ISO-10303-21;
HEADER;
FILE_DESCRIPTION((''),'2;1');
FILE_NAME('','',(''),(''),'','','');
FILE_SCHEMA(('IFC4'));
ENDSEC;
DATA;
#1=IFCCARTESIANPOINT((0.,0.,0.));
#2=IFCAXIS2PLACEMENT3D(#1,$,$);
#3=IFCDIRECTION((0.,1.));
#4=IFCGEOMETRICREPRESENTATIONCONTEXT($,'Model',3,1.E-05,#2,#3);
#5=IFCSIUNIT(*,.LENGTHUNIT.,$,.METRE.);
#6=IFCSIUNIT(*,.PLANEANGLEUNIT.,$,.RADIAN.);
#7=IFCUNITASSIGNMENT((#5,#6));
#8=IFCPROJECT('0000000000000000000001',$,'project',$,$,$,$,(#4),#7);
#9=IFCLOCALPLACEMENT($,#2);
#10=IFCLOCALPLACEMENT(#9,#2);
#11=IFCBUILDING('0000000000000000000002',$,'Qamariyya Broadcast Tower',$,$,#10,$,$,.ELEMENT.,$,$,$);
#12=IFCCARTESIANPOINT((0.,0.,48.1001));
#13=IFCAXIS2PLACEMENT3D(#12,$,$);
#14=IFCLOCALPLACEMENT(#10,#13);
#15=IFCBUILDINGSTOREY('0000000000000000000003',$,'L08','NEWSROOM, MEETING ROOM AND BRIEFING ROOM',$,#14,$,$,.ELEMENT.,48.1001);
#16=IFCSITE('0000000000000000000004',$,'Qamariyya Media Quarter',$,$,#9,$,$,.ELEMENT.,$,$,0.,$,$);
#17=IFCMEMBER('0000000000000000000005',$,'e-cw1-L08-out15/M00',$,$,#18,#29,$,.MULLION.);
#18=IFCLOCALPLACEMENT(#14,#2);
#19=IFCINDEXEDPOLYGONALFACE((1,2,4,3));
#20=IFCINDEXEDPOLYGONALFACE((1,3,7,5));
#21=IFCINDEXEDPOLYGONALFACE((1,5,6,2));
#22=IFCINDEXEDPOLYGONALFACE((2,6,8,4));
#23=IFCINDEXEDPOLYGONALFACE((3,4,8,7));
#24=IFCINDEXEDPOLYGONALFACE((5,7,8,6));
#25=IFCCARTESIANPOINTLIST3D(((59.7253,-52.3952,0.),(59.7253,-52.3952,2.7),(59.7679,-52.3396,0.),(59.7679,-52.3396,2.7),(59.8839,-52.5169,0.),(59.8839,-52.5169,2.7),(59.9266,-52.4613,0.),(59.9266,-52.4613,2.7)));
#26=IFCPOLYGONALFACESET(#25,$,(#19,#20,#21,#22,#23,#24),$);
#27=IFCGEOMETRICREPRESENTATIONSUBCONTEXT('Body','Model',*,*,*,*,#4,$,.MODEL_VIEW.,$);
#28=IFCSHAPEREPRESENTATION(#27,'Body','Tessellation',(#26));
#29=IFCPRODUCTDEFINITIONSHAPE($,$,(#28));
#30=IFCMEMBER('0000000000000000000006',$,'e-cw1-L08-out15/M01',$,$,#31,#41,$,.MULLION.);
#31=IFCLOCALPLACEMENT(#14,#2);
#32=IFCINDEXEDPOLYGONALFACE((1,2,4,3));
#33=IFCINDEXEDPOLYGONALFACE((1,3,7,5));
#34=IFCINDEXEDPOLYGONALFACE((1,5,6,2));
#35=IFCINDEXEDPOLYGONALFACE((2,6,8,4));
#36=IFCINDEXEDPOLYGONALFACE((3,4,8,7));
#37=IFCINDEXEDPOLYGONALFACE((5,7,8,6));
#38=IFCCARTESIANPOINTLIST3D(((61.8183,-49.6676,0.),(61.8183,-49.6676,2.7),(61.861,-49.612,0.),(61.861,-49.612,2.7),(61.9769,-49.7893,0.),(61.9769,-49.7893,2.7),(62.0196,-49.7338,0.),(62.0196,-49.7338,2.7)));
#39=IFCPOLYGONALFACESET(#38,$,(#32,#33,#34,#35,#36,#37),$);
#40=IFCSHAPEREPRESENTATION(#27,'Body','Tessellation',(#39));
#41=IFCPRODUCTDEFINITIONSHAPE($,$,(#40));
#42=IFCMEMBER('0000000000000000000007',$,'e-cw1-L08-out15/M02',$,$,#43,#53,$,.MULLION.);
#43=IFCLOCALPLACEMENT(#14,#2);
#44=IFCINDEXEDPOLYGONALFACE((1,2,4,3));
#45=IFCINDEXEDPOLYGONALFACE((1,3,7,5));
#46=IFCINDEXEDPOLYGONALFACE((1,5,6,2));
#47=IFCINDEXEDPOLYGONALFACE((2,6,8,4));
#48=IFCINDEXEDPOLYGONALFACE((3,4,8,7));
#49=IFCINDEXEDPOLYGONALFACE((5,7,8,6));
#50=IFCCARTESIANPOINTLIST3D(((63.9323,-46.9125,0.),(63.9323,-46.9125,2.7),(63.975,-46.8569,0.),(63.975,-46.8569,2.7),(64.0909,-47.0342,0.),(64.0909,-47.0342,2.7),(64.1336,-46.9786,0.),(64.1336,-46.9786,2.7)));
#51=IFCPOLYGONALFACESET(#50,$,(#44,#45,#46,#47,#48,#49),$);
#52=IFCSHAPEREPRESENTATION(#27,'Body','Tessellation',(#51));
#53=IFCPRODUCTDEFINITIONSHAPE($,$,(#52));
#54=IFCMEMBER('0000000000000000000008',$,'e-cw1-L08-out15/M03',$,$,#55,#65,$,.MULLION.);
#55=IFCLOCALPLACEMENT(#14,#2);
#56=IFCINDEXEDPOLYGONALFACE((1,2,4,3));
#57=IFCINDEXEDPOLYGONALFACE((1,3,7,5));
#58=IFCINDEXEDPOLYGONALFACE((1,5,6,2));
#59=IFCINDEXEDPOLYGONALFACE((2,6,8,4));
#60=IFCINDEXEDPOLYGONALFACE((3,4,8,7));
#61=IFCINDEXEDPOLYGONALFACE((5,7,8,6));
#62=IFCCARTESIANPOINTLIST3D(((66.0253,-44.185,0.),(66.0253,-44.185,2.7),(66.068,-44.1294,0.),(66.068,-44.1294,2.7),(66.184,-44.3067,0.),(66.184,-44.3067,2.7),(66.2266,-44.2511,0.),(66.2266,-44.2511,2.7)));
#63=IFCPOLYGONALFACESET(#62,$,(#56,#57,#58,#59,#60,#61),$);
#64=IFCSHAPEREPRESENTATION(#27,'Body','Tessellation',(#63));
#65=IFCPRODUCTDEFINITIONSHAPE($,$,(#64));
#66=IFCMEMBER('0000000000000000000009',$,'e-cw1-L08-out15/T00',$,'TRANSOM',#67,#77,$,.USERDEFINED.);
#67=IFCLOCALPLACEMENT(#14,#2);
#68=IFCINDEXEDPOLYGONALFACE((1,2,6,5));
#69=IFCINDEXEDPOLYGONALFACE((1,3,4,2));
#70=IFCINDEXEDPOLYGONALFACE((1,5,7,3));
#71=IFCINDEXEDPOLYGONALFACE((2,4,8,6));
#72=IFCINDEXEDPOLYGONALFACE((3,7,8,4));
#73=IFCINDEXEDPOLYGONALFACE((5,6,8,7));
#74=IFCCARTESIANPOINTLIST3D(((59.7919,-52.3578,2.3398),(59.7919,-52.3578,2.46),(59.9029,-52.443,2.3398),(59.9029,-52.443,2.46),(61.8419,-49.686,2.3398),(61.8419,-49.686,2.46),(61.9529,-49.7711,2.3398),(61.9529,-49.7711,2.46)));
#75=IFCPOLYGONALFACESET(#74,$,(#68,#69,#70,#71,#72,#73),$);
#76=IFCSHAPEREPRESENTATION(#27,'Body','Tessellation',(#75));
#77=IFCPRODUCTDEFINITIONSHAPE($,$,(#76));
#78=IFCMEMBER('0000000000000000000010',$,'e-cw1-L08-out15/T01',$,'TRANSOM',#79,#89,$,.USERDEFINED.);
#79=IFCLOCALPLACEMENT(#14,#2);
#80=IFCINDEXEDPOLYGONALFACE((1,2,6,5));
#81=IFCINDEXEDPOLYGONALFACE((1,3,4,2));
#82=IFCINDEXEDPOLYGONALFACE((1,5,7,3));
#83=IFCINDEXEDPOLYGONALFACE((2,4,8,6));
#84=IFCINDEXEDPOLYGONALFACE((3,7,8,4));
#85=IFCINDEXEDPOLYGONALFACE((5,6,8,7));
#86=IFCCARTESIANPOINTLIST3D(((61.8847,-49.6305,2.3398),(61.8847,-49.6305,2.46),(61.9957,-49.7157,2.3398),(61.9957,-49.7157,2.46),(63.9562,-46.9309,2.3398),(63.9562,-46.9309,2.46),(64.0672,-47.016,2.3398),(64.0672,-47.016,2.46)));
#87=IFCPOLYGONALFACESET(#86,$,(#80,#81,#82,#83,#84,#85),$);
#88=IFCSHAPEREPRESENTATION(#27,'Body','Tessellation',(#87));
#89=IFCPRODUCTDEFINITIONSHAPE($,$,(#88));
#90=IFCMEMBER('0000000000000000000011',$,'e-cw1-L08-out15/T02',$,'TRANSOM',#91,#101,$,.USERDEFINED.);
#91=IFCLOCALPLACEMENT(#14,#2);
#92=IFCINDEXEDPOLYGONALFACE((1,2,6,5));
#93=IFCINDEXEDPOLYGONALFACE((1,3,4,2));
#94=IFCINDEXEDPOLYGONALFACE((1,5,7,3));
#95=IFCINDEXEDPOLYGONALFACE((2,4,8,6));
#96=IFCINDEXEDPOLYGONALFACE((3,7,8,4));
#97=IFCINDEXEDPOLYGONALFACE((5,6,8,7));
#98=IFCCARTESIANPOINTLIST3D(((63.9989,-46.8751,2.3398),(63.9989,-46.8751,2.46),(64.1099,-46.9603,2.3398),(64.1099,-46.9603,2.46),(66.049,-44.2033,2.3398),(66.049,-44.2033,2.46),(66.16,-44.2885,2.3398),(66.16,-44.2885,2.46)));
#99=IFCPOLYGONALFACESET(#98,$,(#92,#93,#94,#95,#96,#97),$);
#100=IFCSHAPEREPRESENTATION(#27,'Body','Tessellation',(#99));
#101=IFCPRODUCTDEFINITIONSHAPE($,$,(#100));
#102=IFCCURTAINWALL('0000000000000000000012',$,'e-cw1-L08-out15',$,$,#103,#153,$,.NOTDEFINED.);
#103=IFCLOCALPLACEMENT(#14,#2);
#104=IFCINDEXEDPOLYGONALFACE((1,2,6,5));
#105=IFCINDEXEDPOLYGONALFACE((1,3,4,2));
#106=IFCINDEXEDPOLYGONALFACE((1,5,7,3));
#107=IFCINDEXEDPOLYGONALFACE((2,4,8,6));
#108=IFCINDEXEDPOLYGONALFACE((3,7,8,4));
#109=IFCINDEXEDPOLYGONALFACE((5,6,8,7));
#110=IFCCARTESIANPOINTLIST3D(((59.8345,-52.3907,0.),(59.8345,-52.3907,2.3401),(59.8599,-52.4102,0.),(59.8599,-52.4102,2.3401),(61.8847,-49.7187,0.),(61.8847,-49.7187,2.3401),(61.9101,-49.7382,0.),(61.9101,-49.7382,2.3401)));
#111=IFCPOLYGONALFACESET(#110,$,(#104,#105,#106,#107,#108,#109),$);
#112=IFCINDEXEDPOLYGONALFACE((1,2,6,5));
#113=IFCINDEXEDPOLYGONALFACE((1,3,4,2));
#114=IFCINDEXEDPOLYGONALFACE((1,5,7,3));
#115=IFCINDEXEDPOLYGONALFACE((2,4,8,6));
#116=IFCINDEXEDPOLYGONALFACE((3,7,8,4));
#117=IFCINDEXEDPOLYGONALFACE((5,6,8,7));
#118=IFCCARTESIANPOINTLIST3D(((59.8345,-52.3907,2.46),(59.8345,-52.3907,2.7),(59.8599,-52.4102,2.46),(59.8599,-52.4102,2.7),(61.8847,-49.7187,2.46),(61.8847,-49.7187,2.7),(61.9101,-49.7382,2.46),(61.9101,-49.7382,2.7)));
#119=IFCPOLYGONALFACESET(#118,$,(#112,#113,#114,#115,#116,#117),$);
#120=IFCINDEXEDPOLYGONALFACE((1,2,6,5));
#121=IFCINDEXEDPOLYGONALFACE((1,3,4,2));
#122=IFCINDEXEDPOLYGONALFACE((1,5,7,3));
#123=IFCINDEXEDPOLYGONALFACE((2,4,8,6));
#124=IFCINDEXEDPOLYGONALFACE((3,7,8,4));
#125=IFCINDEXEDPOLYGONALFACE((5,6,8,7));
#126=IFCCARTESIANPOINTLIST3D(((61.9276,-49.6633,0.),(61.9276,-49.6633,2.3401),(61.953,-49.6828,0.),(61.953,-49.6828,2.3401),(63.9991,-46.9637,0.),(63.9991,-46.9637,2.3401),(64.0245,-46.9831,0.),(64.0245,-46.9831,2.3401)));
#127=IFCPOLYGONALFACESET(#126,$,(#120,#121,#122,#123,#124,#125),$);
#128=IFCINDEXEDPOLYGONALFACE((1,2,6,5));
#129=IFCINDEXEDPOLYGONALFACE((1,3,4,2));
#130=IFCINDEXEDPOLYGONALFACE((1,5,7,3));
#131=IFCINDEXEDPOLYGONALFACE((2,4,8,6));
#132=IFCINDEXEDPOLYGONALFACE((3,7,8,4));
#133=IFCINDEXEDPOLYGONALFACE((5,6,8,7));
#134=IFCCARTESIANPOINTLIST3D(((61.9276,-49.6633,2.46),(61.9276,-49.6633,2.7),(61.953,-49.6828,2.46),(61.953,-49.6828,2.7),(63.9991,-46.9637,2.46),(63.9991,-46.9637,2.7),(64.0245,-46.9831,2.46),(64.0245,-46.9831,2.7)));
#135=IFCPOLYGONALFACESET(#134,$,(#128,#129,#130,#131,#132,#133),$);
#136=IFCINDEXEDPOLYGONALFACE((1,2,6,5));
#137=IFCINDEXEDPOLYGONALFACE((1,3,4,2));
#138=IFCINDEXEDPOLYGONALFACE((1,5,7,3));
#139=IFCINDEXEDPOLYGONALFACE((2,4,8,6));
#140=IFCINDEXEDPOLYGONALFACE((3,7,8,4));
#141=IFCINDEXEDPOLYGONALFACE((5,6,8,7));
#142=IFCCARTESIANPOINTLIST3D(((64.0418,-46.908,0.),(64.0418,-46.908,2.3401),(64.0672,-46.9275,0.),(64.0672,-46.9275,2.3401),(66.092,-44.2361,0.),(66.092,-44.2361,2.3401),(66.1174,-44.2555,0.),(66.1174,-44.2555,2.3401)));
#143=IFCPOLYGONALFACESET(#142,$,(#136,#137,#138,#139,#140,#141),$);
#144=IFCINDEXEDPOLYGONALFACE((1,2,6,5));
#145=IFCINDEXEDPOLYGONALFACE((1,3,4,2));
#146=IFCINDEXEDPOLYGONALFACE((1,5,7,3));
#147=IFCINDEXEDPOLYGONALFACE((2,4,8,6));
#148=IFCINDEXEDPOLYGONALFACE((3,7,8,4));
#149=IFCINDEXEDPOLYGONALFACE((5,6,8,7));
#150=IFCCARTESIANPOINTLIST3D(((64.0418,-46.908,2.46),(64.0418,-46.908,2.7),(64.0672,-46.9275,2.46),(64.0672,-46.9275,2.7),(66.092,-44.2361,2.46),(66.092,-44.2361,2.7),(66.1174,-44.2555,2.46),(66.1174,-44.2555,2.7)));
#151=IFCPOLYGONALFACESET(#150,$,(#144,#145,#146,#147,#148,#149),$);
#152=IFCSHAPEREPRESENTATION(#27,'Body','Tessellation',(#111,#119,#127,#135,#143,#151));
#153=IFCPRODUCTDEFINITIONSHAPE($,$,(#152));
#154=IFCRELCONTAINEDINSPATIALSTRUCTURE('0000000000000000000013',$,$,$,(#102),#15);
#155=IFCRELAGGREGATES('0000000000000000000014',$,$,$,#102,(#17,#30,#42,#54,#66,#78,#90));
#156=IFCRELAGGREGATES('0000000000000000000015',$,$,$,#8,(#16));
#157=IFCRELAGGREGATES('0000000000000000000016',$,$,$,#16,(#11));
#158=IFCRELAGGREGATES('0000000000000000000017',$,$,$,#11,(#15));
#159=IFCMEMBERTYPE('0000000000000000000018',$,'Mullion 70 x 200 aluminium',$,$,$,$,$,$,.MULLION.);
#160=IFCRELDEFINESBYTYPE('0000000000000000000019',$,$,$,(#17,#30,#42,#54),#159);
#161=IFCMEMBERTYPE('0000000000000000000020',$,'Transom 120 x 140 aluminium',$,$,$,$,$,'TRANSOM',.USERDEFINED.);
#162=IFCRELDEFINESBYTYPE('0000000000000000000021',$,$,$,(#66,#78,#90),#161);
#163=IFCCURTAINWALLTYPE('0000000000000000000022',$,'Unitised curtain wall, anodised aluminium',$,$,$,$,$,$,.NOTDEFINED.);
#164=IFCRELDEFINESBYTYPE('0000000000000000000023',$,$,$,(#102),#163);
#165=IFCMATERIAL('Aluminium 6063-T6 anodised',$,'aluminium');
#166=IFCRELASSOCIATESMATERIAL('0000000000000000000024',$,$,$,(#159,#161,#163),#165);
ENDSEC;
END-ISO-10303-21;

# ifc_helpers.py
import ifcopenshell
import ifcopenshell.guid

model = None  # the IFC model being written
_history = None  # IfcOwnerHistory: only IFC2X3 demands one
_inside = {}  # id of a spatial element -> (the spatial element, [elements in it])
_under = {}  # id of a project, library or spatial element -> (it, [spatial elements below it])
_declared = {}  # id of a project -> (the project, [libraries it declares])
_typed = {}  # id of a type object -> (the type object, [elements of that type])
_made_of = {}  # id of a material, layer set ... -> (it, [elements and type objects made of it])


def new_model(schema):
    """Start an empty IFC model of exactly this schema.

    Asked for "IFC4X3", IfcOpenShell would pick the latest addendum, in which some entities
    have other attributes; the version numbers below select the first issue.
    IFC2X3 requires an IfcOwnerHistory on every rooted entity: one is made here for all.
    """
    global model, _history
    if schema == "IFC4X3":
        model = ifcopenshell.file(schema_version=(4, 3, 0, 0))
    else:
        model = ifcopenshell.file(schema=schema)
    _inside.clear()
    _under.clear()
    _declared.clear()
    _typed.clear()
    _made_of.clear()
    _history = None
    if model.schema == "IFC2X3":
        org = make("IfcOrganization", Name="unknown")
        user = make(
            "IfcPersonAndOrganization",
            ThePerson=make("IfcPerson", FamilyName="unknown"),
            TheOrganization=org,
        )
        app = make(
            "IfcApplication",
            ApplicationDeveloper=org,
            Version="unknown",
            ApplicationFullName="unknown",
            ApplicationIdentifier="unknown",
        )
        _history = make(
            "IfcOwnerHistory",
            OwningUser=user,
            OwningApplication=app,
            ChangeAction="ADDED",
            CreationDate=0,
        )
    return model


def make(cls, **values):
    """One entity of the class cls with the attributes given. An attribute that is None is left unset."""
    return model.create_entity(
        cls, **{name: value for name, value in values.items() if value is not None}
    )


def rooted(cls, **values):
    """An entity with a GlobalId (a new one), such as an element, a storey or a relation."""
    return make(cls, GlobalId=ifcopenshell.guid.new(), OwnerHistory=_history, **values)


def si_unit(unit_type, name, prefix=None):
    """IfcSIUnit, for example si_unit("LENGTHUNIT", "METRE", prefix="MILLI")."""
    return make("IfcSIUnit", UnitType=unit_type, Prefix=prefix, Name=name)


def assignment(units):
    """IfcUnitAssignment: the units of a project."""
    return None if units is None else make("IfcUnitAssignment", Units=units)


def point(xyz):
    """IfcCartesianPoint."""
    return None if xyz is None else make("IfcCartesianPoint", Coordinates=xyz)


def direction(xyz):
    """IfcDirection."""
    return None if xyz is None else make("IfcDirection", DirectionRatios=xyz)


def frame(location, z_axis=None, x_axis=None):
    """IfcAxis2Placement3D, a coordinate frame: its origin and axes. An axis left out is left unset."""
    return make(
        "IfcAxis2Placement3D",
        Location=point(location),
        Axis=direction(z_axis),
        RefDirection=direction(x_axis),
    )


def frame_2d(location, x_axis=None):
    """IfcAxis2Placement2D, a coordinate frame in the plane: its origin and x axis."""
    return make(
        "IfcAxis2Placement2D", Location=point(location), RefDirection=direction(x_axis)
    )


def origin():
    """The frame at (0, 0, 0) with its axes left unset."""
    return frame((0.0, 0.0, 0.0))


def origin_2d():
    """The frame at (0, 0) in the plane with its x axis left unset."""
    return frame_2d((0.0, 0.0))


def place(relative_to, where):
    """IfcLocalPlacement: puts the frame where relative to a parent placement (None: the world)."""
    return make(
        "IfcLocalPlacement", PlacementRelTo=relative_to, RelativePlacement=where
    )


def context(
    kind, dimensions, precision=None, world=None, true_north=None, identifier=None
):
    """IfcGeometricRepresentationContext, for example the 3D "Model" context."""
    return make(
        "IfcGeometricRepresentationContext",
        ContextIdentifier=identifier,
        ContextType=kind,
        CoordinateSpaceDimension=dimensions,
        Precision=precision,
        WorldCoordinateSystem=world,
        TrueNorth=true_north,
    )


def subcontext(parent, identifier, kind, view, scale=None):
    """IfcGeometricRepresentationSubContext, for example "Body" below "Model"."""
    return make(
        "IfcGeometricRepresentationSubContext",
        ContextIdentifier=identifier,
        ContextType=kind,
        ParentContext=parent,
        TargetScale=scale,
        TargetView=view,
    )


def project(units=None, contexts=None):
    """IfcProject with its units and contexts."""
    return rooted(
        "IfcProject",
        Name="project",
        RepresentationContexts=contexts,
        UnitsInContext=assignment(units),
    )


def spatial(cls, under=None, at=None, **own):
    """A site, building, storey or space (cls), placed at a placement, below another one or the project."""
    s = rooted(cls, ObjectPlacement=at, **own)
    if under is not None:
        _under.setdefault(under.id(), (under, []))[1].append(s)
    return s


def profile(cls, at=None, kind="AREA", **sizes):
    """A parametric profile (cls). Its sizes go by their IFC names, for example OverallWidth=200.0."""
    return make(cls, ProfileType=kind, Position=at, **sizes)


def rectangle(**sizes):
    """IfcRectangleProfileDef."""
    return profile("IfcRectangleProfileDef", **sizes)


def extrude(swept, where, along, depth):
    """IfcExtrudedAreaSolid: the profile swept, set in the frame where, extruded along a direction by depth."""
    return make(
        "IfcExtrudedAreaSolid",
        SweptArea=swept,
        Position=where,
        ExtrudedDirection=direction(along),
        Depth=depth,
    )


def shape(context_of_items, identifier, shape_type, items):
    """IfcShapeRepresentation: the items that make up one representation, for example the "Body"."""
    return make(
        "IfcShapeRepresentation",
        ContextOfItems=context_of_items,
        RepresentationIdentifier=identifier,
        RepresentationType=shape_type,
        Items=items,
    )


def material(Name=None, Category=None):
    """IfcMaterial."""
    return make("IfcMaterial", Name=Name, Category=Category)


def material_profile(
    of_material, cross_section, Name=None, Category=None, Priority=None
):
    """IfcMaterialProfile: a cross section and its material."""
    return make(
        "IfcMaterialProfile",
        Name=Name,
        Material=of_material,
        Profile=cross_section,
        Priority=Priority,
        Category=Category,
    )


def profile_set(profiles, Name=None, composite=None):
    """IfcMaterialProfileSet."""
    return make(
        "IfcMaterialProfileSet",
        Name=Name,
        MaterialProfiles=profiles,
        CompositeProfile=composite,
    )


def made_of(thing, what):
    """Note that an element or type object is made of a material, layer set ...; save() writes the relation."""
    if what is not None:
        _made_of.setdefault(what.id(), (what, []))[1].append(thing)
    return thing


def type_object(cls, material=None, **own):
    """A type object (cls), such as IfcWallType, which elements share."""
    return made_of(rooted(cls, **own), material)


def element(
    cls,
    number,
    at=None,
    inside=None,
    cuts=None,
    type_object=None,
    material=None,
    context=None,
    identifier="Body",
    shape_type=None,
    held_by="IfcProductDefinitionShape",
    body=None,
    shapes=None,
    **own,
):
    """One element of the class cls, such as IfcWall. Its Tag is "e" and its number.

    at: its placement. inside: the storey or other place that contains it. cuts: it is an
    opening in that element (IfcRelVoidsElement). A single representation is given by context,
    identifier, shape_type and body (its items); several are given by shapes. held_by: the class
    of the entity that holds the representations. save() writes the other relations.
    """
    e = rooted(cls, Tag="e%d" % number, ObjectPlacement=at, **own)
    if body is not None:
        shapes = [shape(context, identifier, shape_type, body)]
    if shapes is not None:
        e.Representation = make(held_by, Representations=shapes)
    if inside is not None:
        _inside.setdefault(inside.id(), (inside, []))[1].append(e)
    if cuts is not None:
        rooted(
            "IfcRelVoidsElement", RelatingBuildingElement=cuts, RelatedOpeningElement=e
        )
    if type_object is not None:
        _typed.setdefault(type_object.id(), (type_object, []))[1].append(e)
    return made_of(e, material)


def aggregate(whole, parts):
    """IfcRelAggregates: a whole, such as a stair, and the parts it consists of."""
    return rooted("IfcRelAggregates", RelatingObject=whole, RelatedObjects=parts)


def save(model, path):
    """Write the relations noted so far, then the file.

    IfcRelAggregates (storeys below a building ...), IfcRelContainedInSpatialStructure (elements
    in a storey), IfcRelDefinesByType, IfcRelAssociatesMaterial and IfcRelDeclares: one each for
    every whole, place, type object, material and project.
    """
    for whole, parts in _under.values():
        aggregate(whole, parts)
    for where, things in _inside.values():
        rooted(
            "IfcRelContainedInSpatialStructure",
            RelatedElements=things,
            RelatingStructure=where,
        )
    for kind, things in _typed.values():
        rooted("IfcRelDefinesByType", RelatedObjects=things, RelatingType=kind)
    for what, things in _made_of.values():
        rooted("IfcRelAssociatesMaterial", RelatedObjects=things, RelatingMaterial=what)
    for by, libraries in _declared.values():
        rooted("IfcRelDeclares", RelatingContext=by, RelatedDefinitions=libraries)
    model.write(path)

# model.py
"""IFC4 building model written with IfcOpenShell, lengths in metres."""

from ifc_helpers import new_model, si_unit, direction, frame, origin, origin_2d, place, context, subcontext, project, spatial, rectangle, extrude, material, material_profile, profile_set, type_object, element, aggregate, save


model = new_model("IFC4")

# Units and contexts
model_context = context("Model", 3, precision=1e-05, world=origin(), true_north=direction((0.0, 1.0)))
body_context = subcontext(model_context, "Body", "Model", "MODEL_VIEW")
ifc_project = project(units=[si_unit("LENGTHUNIT", "METRE"), si_unit("PLANEANGLEUNIT", "RADIAN")], contexts=[model_context])

# Members
ifc_material_1 = material(Name="Aluminium 6063-T6 anodised", Category="aluminium")
ifc_material_profile_1 = material_profile(ifc_material_1, rectangle(XDim=0.2, YDim=0.0701, at=origin_2d()))
ifc_profile_set_1 = profile_set([ifc_material_profile_1], Name="Aluminium 6063-T6 anodised")
member_type_1 = type_object("IfcMemberType", Name="Mullion 70 x 200 aluminium", PredefinedType="MULLION", material=ifc_profile_set_1)
site_placement = place(None, origin())
building_placement = place(site_placement, origin())
storey_placement = place(building_placement, frame((0.0, 0.0, 48.1001)))
member_1_placement = place(storey_placement, frame((59.8259, -52.4282, 0.0), z_axis=(0.0, 0.0, 1.0), x_axis=(-0.793353, 0.608761, 0.0)))
member_1 = element("IfcMember", 1, at=member_1_placement, type_object=member_type_1, Name="e-cw1-L08-out15/M00", PredefinedType="MULLION", context=body_context, shape_type="SweptSolid", body=[
    extrude(rectangle(XDim=0.2, YDim=0.0701, at=origin_2d()), origin(), (0.0, 0.0, 1.0), 2.7),
])
member_2_placement = place(storey_placement, frame((61.9189, -49.7007, 0.0), z_axis=(0.0, 0.0, 1.0), x_axis=(-0.793353, 0.608761, 0.0)))
member_2 = element("IfcMember", 2, at=member_2_placement, type_object=member_type_1, Name="e-cw1-L08-out15/M01", PredefinedType="MULLION", context=body_context, shape_type="SweptSolid", body=[
    extrude(rectangle(XDim=0.2, YDim=0.0701, at=origin_2d()), origin(), (0.0, 0.0, 1.0), 2.7),
])
member_3_placement = place(storey_placement, frame((64.033, -46.9456, 0.0), z_axis=(0.0, 0.0, 1.0), x_axis=(-0.793353, 0.608761, 0.0)))
member_3 = element("IfcMember", 3, at=member_3_placement, type_object=member_type_1, Name="e-cw1-L08-out15/M02", PredefinedType="MULLION", context=body_context, shape_type="SweptSolid", body=[
    extrude(rectangle(XDim=0.2, YDim=0.0701, at=origin_2d()), origin(), (0.0, 0.0, 1.0), 2.7),
])
member_4_placement = place(storey_placement, frame((66.126, -44.218, 0.0), z_axis=(0.0, 0.0, 1.0), x_axis=(-0.793353, 0.608761, 0.0)))
member_4 = element("IfcMember", 4, at=member_4_placement, type_object=member_type_1, Name="e-cw1-L08-out15/M03", PredefinedType="MULLION", context=body_context, shape_type="SweptSolid", body=[
    extrude(rectangle(XDim=0.2, YDim=0.0701, at=origin_2d()), origin(), (0.0, 0.0, 1.0), 2.7),
])
ifc_material_profile_2 = material_profile(ifc_material_1, rectangle(XDim=0.1399, YDim=0.1201, at=origin_2d()))
ifc_profile_set_2 = profile_set([ifc_material_profile_2], Name="Aluminium 6063-T6 anodised")
member_type_2 = type_object("IfcMemberType", Name="Transom 120 x 140 aluminium", ElementType="TRANSOM", PredefinedType="USERDEFINED", material=ifc_profile_set_2)
member_5_placement = place(storey_placement, frame((59.8474, -52.4004, 2.3999), z_axis=(0.608733, 0.793375, 0.0), x_axis=(-0.793375, 0.608733, 0.0)))
member_5 = element("IfcMember", 5, at=member_5_placement, type_object=member_type_2, Name="e-cw1-L08-out15/T00", ObjectType="TRANSOM", PredefinedType="USERDEFINED", context=body_context, shape_type="SweptSolid", body=[
    extrude(rectangle(XDim=0.1399, YDim=0.1201, at=origin_2d()), origin(), (0.0, 0.0, 1.0), 3.3677),
])
member_6_placement = place(storey_placement, frame((61.9402, -49.6731, 2.3999), z_axis=(0.608757, 0.793357, 0.0), x_axis=(-0.793357, 0.608757, 0.0)))
member_6 = element("IfcMember", 6, at=member_6_placement, type_object=member_type_2, Name="e-cw1-L08-out15/T01", ObjectType="TRANSOM", PredefinedType="USERDEFINED", context=body_context, shape_type="SweptSolid", body=[
    extrude(rectangle(XDim=0.1399, YDim=0.1201, at=origin_2d()), origin(), (0.0, 0.0, 1.0), 3.4028),
])
member_7_placement = place(storey_placement, frame((64.0544, -46.9177, 2.3999), z_axis=(0.608733, 0.793375, 0.0), x_axis=(-0.793375, 0.608733, 0.0)))
member_7 = element("IfcMember", 7, at=member_7_placement, type_object=member_type_2, Name="e-cw1-L08-out15/T02", ObjectType="TRANSOM", PredefinedType="USERDEFINED", context=body_context, shape_type="SweptSolid", body=[
    extrude(rectangle(XDim=0.1399, YDim=0.1201, at=origin_2d()), origin(), (0.0, 0.0, 1.0), 3.3677),
])

# Site, building, storey
site = spatial("IfcSite", under=ifc_project, at=site_placement, Name="Qamariyya Media Quarter", CompositionType="ELEMENT", RefElevation=0.0)
building = spatial("IfcBuilding", under=site, at=building_placement, Name="Qamariyya Broadcast Tower", CompositionType="ELEMENT")
storey = spatial("IfcBuildingStorey", under=building, at=storey_placement, Name="L08", Description="NEWSROOM, MEETING ROOM AND BRIEFING ROOM", CompositionType="ELEMENT", Elevation=48.1001)

# Curtain wall
curtain_wall_type = type_object("IfcCurtainWallType", Name="Unitised curtain wall, anodised aluminium", PredefinedType="NOTDEFINED", material=ifc_material_1)
curtain_wall_1_placement = place(storey_placement, origin())
curtain_wall_1 = element("IfcCurtainWall", 8, at=curtain_wall_1_placement, inside=storey, type_object=curtain_wall_type, Name="e-cw1-L08-out15", PredefinedType="NOTDEFINED", context=body_context, shape_type="SweptSolid", body=[
    extrude(rectangle(XDim=3.3679, YDim=0.032, at=origin_2d()), frame((60.8723, -51.0645, 0.0), x_axis=(0.608756, 0.793358, 0.0)), (0.0, 0.0, 1.0), 2.3401),
    extrude(rectangle(XDim=3.3679, YDim=0.032, at=origin_2d()), frame((60.8723, -51.0645, 2.46), x_axis=(0.608756, 0.793358, 0.0)), (0.0, 0.0, 1.0), 0.24),
    extrude(rectangle(XDim=3.4028, YDim=0.032, at=origin_2d()), frame((62.9761, -48.3232, 0.0), x_axis=(0.608756, 0.793358, 0.0)), (0.0, 0.0, 1.0), 2.3401),
    extrude(rectangle(XDim=3.4028, YDim=0.032, at=origin_2d()), frame((62.9761, -48.3232, 2.46), x_axis=(0.608756, 0.793358, 0.0)), (0.0, 0.0, 1.0), 0.24),
    extrude(rectangle(XDim=3.3679, YDim=0.032, at=origin_2d()), frame((65.0796, -45.5818, 0.0), x_axis=(0.608756, 0.793358, 0.0)), (0.0, 0.0, 1.0), 2.3401),
    extrude(rectangle(XDim=3.3679, YDim=0.032, at=origin_2d()), frame((65.0796, -45.5818, 2.46), x_axis=(0.608756, 0.793358, 0.0)), (0.0, 0.0, 1.0), 0.24),
])
aggregate(curtain_wall_1, [member_1, member_2, member_3, member_4, member_5, member_6, member_7])

save(model, "model.ifc")
